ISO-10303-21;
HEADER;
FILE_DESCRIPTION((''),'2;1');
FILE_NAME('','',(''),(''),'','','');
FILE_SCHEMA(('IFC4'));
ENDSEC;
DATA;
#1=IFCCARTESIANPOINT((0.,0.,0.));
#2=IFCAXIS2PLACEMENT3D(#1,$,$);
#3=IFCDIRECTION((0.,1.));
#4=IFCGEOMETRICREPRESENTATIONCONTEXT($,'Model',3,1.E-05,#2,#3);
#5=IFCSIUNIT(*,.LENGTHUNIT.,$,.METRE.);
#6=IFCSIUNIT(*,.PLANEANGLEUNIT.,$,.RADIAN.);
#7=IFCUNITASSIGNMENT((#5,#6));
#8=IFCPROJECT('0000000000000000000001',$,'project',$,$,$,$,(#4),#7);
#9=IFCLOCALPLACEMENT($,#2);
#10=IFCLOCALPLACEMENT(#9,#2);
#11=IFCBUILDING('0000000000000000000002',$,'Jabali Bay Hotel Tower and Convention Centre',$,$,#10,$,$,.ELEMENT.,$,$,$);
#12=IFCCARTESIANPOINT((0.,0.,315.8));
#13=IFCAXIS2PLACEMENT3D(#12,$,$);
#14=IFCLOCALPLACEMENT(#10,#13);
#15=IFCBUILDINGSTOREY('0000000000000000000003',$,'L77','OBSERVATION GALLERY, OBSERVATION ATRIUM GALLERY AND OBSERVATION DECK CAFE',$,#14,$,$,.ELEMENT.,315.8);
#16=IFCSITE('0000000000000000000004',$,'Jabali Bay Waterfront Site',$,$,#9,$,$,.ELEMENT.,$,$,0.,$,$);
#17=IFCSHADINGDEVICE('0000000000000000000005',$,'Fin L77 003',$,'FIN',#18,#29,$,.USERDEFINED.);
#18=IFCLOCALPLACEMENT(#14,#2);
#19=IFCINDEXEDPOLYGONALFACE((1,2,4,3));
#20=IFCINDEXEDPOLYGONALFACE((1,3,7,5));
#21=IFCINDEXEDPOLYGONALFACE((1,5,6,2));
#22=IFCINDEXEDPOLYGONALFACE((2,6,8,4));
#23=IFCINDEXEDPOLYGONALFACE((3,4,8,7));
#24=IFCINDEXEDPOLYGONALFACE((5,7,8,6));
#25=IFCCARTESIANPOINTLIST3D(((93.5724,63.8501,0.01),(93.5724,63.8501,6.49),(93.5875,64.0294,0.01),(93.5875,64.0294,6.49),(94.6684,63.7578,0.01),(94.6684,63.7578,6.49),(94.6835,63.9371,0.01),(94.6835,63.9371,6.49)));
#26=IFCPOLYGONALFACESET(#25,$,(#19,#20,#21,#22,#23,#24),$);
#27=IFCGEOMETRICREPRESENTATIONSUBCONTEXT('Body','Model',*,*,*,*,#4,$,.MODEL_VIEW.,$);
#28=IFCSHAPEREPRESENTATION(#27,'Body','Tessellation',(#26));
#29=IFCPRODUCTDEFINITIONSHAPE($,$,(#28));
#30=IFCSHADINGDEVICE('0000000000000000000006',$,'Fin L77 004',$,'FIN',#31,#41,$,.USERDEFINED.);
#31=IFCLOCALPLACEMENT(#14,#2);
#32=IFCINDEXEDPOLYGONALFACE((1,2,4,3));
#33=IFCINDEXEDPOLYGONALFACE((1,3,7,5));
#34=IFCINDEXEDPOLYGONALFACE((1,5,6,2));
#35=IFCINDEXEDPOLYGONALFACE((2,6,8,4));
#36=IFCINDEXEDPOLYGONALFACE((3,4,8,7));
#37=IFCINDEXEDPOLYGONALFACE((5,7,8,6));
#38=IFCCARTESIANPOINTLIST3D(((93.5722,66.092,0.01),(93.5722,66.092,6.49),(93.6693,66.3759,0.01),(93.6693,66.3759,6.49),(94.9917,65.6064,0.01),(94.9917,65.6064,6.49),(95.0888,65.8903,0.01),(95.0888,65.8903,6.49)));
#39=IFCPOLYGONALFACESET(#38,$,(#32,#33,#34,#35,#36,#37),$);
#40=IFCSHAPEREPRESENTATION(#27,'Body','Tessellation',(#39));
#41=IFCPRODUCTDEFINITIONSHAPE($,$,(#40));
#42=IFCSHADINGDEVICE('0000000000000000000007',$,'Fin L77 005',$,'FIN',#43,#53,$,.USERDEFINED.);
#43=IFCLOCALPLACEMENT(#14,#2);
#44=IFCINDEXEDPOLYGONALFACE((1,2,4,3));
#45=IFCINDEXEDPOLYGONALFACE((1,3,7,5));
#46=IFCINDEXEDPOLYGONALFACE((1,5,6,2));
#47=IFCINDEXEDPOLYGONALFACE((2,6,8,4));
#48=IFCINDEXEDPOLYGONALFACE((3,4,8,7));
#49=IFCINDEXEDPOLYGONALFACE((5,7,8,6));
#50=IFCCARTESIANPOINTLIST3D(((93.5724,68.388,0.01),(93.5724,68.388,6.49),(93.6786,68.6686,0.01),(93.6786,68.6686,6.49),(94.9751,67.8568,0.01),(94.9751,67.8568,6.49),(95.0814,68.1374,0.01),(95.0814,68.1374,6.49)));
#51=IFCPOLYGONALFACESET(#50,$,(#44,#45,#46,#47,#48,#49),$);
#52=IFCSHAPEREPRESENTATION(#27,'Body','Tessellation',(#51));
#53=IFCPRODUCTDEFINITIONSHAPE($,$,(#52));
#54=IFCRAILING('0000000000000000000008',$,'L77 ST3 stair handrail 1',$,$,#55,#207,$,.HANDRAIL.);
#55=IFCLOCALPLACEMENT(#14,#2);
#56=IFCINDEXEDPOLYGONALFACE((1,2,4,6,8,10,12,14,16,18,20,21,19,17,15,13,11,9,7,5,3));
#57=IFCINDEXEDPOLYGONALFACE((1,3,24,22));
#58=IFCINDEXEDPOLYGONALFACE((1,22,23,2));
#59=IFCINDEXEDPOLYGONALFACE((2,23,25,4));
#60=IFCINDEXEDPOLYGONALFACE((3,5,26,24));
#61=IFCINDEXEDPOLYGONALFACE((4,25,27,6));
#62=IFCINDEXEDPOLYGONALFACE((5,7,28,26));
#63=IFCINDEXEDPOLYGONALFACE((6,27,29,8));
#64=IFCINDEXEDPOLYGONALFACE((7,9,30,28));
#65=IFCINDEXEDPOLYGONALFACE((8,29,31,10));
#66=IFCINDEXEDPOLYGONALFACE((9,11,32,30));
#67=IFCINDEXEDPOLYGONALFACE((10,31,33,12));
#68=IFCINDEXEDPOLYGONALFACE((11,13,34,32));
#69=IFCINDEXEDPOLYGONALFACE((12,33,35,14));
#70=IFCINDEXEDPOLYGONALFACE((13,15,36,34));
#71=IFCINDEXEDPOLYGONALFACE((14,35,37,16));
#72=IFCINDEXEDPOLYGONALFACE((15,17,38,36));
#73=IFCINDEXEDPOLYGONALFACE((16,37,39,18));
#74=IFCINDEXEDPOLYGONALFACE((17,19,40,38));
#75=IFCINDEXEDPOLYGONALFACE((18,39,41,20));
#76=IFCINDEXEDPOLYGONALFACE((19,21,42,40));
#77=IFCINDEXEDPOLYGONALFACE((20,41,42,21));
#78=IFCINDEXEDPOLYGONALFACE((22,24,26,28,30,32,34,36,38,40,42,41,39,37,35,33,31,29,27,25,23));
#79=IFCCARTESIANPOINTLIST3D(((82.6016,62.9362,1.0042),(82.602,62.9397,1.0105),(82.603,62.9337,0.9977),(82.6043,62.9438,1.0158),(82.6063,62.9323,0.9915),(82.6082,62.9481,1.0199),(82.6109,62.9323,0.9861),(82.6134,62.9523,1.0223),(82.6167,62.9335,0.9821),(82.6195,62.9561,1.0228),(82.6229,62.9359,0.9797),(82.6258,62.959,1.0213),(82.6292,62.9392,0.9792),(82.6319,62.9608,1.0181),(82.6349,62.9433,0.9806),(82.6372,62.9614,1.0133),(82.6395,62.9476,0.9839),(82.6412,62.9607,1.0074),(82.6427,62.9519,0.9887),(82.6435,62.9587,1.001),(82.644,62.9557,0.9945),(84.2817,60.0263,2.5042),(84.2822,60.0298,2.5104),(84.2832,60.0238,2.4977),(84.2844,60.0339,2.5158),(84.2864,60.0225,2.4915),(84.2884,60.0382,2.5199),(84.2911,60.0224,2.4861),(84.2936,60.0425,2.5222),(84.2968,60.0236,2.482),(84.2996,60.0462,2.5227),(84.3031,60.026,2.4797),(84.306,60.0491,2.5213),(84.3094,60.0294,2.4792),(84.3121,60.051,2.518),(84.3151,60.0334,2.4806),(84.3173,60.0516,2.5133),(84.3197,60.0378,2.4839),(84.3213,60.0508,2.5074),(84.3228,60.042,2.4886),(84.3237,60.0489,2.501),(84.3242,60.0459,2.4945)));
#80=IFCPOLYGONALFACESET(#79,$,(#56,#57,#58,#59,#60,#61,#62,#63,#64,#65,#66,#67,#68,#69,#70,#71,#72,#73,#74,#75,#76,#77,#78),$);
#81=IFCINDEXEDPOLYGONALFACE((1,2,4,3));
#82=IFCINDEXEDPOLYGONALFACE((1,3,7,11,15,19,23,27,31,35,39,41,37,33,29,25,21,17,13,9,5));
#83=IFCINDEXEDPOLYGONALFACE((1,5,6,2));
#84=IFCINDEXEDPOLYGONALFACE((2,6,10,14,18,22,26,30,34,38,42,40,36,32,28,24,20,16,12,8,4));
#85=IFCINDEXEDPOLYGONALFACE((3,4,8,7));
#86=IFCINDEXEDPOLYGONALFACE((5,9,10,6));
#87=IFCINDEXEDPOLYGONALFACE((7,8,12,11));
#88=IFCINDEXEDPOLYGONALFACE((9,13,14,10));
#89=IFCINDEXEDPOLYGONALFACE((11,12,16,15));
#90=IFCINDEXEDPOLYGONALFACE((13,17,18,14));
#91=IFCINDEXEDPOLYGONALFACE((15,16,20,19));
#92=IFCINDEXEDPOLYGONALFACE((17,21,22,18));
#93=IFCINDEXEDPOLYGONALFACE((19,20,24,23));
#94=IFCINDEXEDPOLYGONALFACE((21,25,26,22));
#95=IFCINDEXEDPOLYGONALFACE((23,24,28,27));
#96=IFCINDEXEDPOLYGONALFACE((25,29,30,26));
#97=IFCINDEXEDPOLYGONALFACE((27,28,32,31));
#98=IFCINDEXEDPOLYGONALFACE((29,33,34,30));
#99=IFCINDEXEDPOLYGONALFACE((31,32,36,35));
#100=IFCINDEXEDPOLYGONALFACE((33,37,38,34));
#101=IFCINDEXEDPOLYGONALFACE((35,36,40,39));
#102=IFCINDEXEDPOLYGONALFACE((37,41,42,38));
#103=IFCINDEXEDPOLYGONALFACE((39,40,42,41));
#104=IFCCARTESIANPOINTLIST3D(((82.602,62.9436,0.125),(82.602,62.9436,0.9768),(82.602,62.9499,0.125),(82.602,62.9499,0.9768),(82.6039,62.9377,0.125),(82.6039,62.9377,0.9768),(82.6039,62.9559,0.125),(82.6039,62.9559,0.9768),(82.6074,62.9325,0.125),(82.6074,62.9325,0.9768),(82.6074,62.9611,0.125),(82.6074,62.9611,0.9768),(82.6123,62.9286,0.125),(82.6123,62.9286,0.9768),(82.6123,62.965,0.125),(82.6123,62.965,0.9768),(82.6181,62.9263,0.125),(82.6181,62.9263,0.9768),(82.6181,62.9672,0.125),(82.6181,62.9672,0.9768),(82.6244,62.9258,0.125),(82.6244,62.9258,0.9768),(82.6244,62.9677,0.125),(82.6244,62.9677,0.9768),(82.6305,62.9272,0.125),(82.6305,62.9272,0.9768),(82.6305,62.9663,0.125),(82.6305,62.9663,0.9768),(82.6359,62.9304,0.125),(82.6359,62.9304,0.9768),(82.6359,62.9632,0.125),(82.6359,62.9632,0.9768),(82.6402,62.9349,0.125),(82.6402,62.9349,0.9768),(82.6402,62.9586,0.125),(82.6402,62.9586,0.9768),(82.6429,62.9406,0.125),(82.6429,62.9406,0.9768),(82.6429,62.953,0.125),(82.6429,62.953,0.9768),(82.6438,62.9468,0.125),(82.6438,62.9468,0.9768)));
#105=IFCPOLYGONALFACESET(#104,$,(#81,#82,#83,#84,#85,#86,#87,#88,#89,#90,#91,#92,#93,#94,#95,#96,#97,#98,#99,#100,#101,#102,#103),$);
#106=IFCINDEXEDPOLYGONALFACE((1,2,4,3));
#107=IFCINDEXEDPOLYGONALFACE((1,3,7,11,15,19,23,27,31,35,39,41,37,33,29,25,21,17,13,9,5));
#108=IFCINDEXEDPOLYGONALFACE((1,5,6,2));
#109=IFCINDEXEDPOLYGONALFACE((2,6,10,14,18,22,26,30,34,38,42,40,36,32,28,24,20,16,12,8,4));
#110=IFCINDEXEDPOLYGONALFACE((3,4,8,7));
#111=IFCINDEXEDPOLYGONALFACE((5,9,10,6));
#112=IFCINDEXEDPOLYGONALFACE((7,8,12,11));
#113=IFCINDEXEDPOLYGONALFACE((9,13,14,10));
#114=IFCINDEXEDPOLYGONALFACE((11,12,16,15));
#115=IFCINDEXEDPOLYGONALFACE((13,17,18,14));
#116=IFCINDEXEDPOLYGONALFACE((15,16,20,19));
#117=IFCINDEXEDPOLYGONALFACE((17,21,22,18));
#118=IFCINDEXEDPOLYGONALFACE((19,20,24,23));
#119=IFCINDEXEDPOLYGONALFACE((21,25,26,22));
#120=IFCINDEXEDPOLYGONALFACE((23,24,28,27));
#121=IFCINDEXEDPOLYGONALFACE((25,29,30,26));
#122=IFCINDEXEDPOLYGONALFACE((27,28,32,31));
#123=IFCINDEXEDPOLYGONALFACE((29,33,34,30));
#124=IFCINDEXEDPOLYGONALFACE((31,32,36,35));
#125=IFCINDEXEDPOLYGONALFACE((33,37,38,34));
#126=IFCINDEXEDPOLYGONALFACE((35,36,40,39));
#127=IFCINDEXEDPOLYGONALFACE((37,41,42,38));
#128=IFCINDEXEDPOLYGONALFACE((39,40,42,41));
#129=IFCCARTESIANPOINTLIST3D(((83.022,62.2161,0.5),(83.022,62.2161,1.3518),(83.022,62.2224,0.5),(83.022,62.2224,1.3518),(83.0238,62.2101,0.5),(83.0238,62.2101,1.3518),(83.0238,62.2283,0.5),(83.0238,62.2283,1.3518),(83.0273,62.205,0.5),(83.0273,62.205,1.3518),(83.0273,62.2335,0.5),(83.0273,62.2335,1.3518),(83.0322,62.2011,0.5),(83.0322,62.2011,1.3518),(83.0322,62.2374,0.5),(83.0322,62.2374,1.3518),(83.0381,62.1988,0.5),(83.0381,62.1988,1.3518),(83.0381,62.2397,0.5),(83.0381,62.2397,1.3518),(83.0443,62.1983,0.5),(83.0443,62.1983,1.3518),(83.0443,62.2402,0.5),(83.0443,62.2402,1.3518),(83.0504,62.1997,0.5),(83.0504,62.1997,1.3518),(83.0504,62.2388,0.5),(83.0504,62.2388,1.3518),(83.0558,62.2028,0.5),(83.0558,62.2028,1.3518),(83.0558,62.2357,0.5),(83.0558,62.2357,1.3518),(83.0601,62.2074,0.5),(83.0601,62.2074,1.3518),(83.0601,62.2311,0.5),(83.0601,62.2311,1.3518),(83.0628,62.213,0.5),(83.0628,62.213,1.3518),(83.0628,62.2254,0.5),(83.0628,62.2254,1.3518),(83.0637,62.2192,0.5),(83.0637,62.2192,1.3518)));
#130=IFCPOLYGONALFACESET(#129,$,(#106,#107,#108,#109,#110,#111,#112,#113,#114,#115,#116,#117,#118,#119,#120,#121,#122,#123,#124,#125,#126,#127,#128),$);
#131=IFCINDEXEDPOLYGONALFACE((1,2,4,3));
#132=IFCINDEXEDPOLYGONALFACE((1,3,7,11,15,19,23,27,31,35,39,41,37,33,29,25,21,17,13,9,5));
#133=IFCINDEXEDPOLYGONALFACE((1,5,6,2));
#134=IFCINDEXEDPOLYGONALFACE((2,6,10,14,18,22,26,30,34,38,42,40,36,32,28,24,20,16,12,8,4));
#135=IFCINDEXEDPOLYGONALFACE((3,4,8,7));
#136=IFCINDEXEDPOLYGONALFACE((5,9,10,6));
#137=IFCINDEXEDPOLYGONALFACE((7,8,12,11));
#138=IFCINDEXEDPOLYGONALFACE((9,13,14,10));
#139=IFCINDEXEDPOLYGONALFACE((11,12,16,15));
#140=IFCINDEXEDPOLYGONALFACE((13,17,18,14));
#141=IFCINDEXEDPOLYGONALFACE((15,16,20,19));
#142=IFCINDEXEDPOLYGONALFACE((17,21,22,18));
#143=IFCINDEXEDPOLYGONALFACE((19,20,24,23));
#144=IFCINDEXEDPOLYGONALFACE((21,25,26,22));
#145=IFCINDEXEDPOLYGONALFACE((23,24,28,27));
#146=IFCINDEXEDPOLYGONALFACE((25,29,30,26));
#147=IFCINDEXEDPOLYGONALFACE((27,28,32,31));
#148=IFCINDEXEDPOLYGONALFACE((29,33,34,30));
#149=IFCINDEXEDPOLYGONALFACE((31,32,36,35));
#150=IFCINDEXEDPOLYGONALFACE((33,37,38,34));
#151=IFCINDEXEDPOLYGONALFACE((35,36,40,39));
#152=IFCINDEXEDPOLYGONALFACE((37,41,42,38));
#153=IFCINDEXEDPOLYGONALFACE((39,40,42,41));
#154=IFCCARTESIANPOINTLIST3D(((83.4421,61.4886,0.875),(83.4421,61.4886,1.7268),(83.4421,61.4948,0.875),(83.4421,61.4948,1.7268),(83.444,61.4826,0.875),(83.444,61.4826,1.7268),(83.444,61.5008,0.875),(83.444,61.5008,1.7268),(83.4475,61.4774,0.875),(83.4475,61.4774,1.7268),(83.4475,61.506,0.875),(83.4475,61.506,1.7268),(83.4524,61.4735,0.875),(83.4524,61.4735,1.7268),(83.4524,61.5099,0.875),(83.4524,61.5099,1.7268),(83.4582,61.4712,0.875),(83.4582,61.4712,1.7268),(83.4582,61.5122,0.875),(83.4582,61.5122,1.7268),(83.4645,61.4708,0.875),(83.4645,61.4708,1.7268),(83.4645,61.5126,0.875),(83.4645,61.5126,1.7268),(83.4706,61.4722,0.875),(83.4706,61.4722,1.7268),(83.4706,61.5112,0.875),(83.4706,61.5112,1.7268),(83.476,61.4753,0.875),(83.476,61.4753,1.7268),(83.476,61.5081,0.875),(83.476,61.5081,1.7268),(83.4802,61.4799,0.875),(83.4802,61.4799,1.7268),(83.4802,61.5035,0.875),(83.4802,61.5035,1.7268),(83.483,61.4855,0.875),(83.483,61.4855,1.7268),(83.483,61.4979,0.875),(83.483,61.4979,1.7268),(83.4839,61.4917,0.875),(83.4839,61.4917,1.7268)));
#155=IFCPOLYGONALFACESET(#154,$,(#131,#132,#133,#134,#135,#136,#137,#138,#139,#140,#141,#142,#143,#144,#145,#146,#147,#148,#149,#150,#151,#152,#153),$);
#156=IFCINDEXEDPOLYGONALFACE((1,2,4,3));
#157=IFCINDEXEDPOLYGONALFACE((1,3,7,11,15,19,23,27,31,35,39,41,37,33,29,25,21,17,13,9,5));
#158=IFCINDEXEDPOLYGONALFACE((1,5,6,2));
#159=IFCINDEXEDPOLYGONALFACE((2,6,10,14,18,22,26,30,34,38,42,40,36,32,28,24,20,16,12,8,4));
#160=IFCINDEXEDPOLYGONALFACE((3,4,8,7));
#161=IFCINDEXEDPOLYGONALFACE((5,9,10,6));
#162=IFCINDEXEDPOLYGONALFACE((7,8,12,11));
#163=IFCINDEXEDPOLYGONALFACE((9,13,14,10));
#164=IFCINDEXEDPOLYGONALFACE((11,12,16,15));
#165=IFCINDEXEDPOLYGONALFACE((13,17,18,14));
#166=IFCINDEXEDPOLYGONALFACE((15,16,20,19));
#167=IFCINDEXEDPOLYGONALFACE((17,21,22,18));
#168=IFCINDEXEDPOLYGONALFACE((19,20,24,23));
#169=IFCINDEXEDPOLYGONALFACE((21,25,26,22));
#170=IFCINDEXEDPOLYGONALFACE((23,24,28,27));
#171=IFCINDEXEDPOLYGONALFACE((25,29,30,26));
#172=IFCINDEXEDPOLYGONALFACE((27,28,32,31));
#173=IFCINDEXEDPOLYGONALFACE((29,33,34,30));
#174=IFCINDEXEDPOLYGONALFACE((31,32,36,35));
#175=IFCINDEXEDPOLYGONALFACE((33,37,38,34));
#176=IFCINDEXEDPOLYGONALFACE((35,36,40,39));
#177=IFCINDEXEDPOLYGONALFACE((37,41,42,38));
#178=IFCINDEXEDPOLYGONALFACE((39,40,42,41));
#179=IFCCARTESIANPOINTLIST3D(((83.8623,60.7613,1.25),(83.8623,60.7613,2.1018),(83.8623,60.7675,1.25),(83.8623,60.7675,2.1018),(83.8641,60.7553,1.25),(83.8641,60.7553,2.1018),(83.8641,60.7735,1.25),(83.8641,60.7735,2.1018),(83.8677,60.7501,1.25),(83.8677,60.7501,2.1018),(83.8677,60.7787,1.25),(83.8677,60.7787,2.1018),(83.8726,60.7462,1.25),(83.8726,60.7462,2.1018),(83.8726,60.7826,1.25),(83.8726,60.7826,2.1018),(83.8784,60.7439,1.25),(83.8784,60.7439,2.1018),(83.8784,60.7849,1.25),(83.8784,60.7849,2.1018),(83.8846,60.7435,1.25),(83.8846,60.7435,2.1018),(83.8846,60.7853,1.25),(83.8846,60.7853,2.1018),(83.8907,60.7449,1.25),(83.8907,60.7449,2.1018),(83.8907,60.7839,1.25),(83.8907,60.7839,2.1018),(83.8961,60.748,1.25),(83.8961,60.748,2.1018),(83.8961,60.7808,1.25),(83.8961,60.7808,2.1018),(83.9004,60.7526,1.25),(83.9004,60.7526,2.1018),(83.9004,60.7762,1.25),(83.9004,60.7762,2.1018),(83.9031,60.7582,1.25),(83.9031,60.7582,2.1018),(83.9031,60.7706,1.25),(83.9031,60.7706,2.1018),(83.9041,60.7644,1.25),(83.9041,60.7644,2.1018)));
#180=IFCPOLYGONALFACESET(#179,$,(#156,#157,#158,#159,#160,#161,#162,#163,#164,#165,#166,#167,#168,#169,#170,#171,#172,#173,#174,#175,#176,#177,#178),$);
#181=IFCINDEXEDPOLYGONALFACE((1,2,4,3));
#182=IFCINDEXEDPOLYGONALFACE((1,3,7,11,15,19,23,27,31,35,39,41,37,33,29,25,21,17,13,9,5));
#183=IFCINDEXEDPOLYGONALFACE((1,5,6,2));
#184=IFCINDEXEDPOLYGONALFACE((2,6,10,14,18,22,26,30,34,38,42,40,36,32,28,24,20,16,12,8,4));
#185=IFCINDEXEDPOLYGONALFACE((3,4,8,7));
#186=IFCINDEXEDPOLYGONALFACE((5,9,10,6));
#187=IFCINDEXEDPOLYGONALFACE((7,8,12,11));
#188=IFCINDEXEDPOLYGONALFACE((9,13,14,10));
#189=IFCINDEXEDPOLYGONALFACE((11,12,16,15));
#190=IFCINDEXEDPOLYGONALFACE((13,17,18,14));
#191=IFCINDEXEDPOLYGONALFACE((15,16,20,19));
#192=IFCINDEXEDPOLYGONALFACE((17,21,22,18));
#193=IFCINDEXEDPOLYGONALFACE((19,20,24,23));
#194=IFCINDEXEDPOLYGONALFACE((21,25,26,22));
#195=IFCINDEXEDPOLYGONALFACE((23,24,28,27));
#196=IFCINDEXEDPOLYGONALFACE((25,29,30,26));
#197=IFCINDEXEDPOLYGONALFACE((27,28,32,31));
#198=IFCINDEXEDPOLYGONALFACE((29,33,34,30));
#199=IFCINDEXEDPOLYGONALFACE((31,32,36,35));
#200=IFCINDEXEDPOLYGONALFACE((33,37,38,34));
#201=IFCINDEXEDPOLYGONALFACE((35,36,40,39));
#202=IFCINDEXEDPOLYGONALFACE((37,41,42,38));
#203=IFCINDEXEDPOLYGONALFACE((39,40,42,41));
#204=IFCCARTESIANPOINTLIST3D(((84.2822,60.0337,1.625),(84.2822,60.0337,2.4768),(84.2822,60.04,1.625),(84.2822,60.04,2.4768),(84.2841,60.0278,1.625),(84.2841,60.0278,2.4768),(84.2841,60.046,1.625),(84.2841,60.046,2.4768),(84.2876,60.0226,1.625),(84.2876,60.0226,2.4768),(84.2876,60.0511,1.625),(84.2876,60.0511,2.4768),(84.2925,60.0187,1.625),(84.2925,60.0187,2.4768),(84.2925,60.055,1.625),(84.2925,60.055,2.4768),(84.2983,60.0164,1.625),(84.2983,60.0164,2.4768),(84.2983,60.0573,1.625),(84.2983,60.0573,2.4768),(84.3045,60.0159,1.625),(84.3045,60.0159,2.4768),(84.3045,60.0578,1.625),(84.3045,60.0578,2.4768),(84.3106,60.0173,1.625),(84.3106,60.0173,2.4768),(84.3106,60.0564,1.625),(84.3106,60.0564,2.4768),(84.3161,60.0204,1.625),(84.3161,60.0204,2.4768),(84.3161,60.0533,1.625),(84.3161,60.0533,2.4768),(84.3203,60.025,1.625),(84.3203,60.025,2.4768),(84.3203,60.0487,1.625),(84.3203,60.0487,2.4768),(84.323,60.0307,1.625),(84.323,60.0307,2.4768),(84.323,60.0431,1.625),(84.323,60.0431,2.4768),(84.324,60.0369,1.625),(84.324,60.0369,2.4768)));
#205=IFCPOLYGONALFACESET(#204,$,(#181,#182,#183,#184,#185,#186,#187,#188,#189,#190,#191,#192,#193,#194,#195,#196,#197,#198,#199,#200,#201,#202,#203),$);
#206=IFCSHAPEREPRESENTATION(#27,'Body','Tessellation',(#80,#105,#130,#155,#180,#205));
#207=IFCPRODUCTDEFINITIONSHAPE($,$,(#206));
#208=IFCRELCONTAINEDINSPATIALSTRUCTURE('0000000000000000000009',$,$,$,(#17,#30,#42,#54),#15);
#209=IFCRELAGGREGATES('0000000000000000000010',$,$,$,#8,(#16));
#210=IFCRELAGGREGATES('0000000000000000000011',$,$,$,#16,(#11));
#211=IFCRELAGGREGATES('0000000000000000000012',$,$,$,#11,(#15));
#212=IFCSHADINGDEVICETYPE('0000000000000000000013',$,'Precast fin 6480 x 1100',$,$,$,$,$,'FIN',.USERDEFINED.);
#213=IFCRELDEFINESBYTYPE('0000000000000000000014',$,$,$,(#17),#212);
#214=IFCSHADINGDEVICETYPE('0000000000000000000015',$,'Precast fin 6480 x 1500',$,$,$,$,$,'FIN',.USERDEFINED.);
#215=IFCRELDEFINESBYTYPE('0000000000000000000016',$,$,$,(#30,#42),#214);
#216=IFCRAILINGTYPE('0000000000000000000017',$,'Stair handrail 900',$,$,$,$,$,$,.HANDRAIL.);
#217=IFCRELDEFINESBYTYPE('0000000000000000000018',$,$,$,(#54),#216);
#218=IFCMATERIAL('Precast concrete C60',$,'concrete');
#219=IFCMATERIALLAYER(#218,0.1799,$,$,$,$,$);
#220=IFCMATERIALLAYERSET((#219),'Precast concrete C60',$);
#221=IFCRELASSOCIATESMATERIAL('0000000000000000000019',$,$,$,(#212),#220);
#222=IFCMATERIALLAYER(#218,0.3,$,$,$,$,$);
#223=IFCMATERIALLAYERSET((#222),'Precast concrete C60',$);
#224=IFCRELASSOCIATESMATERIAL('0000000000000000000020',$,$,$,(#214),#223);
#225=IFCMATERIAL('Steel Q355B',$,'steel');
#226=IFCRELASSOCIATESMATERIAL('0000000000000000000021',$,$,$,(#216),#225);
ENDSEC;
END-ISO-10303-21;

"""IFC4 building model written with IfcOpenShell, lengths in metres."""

from ifc_helpers import new_model, si_unit, direction, frame, frame_2d, origin, origin_2d, place, context, subcontext, project, spatial, rectangle, circle, extrude, material, layer, layer_set, type_object, element, save


model = new_model("IFC4")

# Units and contexts
model_context = context("Model", 3, precision=1e-05, world=origin(), true_north=direction((0.0, 1.0)))
body_context = subcontext(model_context, "Body", "Model", "MODEL_VIEW")
ifc_project = project(units=[si_unit("LENGTHUNIT", "METRE"), si_unit("PLANEANGLEUNIT", "RADIAN")], contexts=[model_context])

# Site, building, storey
site_placement = place(None, origin())
site = spatial("IfcSite", under=ifc_project, at=site_placement, Name="Jabali Bay Waterfront Site", CompositionType="ELEMENT", RefElevation=0.0)
building_placement = place(site_placement, origin())
building = spatial("IfcBuilding", under=site, at=building_placement, Name="Jabali Bay Hotel Tower and Convention Centre", CompositionType="ELEMENT")
storey_placement = place(building_placement, frame((0.0, 0.0, 315.8)))
storey = spatial("IfcBuildingStorey", under=building, at=storey_placement, Name="L77", Description="OBSERVATION GALLERY, OBSERVATION ATRIUM GALLERY AND OBSERVATION DECK CAFE", CompositionType="ELEMENT", Elevation=315.8)

# Shading devices
ifc_material_1 = material(Name="Precast concrete C60", Category="concrete")
ifc_layer_1 = layer(ifc_material_1, 0.1799)
ifc_layer_set_1 = layer_set([ifc_layer_1], Name="Precast concrete C60")
shading_device_type_1 = type_object("IfcShadingDeviceType", Name="Precast fin 6480 x 1100", ElementType="FIN", PredefinedType="USERDEFINED", material=ifc_layer_set_1)
shading_device_1_placement = place(storey_placement, frame((93.5801, 63.9397, 0.01), z_axis=(0.0, 0.0, 1.0), x_axis=(0.996473, -0.083909, 0.0)))
element("IfcShadingDevice", 1, at=shading_device_1_placement, inside=storey, type_object=shading_device_type_1, Name="Fin L77 003", ObjectType="FIN", PredefinedType="USERDEFINED", context=body_context, shape_type="SweptSolid", body=[
    extrude(rectangle(XDim=1.0999, YDim=0.1799, at=frame_2d((0.5498, 0.0))), origin(), (0.0, 0.0, 1.0), 6.48),
])
ifc_layer_2 = layer(ifc_material_1, 0.3)
ifc_layer_set_2 = layer_set([ifc_layer_2], Name="Precast concrete C60")
shading_device_type_2 = type_object("IfcShadingDeviceType", Name="Precast fin 6480 x 1500", ElementType="FIN", PredefinedType="USERDEFINED", material=ifc_layer_set_2)
shading_device_2_placement = place(storey_placement, frame((93.6208, 66.2339, 0.01), z_axis=(0.0, 0.0, 1.0), x_axis=(0.946164, -0.323688, 0.0)))
element("IfcShadingDevice", 2, at=shading_device_2_placement, inside=storey, type_object=shading_device_type_2, Name="Fin L77 004", ObjectType="FIN", PredefinedType="USERDEFINED", context=body_context, shape_type="SweptSolid", body=[
    extrude(rectangle(XDim=1.5002, YDim=0.3, at=frame_2d((0.75, 0.0))), origin(), (0.0, 0.0, 1.0), 6.48),
])
shading_device_3_placement = place(storey_placement, frame((93.6255, 68.5283, 0.01), z_axis=(0.0, 0.0, 1.0), x_axis=(0.935187, -0.354154, 0.0)))
element("IfcShadingDevice", 3, at=shading_device_3_placement, inside=storey, type_object=shading_device_type_2, Name="Fin L77 005", ObjectType="FIN", PredefinedType="USERDEFINED", context=body_context, shape_type="SweptSolid", body=[
    extrude(rectangle(XDim=1.5, YDim=0.3, at=frame_2d((0.75, 0.0))), origin(), (0.0, 0.0, 1.0), 6.48),
])

# Railing
ifc_material_2 = material(Name="Steel Q355B", Category="steel")
railing_type_1 = type_object("IfcRailingType", Name="Stair handrail 900", PredefinedType="HANDRAIL", material=ifc_material_2)
railing_1_placement = place(storey_placement, frame((82.6228, 62.9468, 0.125)))
element("IfcRailing", 4, at=railing_1_placement, inside=storey, type_object=railing_type_1, Name="L77 ST3 stair handrail 1", PredefinedType="HANDRAIL", context=body_context, shape_type="SweptSolid", body=[
    extrude(circle(Radius=0.0239, at=origin_2d()), frame((0.0, 0.0, 0.876), z_axis=(0.4566, -0.79079, 0.407636), x_axis=(0.866008, 0.500031, 0.0)), (0.0, 0.0, 1.0), 3.6797),
    extrude(circle(Radius=0.021, at=origin_2d()), origin(), (0.0, 0.0, 1.0), 0.8518),
    extrude(circle(Radius=0.021, at=origin_2d()), frame((0.4199, -0.7275, 0.375)), (0.0, 0.0, 1.0), 0.8518),
    extrude(circle(Radius=0.021, at=origin_2d()), frame((0.8401, -1.4551, 0.75)), (0.0, 0.0, 1.0), 0.8518),
    extrude(circle(Radius=0.021, at=origin_2d()), frame((1.2603, -2.1824, 1.125)), (0.0, 0.0, 1.0), 0.8518),
    extrude(circle(Radius=0.021, at=origin_2d()), frame((1.6802, -2.9099, 1.5)), (0.0, 0.0, 1.0), 0.8518),
])

save(model, "model.ifc")
